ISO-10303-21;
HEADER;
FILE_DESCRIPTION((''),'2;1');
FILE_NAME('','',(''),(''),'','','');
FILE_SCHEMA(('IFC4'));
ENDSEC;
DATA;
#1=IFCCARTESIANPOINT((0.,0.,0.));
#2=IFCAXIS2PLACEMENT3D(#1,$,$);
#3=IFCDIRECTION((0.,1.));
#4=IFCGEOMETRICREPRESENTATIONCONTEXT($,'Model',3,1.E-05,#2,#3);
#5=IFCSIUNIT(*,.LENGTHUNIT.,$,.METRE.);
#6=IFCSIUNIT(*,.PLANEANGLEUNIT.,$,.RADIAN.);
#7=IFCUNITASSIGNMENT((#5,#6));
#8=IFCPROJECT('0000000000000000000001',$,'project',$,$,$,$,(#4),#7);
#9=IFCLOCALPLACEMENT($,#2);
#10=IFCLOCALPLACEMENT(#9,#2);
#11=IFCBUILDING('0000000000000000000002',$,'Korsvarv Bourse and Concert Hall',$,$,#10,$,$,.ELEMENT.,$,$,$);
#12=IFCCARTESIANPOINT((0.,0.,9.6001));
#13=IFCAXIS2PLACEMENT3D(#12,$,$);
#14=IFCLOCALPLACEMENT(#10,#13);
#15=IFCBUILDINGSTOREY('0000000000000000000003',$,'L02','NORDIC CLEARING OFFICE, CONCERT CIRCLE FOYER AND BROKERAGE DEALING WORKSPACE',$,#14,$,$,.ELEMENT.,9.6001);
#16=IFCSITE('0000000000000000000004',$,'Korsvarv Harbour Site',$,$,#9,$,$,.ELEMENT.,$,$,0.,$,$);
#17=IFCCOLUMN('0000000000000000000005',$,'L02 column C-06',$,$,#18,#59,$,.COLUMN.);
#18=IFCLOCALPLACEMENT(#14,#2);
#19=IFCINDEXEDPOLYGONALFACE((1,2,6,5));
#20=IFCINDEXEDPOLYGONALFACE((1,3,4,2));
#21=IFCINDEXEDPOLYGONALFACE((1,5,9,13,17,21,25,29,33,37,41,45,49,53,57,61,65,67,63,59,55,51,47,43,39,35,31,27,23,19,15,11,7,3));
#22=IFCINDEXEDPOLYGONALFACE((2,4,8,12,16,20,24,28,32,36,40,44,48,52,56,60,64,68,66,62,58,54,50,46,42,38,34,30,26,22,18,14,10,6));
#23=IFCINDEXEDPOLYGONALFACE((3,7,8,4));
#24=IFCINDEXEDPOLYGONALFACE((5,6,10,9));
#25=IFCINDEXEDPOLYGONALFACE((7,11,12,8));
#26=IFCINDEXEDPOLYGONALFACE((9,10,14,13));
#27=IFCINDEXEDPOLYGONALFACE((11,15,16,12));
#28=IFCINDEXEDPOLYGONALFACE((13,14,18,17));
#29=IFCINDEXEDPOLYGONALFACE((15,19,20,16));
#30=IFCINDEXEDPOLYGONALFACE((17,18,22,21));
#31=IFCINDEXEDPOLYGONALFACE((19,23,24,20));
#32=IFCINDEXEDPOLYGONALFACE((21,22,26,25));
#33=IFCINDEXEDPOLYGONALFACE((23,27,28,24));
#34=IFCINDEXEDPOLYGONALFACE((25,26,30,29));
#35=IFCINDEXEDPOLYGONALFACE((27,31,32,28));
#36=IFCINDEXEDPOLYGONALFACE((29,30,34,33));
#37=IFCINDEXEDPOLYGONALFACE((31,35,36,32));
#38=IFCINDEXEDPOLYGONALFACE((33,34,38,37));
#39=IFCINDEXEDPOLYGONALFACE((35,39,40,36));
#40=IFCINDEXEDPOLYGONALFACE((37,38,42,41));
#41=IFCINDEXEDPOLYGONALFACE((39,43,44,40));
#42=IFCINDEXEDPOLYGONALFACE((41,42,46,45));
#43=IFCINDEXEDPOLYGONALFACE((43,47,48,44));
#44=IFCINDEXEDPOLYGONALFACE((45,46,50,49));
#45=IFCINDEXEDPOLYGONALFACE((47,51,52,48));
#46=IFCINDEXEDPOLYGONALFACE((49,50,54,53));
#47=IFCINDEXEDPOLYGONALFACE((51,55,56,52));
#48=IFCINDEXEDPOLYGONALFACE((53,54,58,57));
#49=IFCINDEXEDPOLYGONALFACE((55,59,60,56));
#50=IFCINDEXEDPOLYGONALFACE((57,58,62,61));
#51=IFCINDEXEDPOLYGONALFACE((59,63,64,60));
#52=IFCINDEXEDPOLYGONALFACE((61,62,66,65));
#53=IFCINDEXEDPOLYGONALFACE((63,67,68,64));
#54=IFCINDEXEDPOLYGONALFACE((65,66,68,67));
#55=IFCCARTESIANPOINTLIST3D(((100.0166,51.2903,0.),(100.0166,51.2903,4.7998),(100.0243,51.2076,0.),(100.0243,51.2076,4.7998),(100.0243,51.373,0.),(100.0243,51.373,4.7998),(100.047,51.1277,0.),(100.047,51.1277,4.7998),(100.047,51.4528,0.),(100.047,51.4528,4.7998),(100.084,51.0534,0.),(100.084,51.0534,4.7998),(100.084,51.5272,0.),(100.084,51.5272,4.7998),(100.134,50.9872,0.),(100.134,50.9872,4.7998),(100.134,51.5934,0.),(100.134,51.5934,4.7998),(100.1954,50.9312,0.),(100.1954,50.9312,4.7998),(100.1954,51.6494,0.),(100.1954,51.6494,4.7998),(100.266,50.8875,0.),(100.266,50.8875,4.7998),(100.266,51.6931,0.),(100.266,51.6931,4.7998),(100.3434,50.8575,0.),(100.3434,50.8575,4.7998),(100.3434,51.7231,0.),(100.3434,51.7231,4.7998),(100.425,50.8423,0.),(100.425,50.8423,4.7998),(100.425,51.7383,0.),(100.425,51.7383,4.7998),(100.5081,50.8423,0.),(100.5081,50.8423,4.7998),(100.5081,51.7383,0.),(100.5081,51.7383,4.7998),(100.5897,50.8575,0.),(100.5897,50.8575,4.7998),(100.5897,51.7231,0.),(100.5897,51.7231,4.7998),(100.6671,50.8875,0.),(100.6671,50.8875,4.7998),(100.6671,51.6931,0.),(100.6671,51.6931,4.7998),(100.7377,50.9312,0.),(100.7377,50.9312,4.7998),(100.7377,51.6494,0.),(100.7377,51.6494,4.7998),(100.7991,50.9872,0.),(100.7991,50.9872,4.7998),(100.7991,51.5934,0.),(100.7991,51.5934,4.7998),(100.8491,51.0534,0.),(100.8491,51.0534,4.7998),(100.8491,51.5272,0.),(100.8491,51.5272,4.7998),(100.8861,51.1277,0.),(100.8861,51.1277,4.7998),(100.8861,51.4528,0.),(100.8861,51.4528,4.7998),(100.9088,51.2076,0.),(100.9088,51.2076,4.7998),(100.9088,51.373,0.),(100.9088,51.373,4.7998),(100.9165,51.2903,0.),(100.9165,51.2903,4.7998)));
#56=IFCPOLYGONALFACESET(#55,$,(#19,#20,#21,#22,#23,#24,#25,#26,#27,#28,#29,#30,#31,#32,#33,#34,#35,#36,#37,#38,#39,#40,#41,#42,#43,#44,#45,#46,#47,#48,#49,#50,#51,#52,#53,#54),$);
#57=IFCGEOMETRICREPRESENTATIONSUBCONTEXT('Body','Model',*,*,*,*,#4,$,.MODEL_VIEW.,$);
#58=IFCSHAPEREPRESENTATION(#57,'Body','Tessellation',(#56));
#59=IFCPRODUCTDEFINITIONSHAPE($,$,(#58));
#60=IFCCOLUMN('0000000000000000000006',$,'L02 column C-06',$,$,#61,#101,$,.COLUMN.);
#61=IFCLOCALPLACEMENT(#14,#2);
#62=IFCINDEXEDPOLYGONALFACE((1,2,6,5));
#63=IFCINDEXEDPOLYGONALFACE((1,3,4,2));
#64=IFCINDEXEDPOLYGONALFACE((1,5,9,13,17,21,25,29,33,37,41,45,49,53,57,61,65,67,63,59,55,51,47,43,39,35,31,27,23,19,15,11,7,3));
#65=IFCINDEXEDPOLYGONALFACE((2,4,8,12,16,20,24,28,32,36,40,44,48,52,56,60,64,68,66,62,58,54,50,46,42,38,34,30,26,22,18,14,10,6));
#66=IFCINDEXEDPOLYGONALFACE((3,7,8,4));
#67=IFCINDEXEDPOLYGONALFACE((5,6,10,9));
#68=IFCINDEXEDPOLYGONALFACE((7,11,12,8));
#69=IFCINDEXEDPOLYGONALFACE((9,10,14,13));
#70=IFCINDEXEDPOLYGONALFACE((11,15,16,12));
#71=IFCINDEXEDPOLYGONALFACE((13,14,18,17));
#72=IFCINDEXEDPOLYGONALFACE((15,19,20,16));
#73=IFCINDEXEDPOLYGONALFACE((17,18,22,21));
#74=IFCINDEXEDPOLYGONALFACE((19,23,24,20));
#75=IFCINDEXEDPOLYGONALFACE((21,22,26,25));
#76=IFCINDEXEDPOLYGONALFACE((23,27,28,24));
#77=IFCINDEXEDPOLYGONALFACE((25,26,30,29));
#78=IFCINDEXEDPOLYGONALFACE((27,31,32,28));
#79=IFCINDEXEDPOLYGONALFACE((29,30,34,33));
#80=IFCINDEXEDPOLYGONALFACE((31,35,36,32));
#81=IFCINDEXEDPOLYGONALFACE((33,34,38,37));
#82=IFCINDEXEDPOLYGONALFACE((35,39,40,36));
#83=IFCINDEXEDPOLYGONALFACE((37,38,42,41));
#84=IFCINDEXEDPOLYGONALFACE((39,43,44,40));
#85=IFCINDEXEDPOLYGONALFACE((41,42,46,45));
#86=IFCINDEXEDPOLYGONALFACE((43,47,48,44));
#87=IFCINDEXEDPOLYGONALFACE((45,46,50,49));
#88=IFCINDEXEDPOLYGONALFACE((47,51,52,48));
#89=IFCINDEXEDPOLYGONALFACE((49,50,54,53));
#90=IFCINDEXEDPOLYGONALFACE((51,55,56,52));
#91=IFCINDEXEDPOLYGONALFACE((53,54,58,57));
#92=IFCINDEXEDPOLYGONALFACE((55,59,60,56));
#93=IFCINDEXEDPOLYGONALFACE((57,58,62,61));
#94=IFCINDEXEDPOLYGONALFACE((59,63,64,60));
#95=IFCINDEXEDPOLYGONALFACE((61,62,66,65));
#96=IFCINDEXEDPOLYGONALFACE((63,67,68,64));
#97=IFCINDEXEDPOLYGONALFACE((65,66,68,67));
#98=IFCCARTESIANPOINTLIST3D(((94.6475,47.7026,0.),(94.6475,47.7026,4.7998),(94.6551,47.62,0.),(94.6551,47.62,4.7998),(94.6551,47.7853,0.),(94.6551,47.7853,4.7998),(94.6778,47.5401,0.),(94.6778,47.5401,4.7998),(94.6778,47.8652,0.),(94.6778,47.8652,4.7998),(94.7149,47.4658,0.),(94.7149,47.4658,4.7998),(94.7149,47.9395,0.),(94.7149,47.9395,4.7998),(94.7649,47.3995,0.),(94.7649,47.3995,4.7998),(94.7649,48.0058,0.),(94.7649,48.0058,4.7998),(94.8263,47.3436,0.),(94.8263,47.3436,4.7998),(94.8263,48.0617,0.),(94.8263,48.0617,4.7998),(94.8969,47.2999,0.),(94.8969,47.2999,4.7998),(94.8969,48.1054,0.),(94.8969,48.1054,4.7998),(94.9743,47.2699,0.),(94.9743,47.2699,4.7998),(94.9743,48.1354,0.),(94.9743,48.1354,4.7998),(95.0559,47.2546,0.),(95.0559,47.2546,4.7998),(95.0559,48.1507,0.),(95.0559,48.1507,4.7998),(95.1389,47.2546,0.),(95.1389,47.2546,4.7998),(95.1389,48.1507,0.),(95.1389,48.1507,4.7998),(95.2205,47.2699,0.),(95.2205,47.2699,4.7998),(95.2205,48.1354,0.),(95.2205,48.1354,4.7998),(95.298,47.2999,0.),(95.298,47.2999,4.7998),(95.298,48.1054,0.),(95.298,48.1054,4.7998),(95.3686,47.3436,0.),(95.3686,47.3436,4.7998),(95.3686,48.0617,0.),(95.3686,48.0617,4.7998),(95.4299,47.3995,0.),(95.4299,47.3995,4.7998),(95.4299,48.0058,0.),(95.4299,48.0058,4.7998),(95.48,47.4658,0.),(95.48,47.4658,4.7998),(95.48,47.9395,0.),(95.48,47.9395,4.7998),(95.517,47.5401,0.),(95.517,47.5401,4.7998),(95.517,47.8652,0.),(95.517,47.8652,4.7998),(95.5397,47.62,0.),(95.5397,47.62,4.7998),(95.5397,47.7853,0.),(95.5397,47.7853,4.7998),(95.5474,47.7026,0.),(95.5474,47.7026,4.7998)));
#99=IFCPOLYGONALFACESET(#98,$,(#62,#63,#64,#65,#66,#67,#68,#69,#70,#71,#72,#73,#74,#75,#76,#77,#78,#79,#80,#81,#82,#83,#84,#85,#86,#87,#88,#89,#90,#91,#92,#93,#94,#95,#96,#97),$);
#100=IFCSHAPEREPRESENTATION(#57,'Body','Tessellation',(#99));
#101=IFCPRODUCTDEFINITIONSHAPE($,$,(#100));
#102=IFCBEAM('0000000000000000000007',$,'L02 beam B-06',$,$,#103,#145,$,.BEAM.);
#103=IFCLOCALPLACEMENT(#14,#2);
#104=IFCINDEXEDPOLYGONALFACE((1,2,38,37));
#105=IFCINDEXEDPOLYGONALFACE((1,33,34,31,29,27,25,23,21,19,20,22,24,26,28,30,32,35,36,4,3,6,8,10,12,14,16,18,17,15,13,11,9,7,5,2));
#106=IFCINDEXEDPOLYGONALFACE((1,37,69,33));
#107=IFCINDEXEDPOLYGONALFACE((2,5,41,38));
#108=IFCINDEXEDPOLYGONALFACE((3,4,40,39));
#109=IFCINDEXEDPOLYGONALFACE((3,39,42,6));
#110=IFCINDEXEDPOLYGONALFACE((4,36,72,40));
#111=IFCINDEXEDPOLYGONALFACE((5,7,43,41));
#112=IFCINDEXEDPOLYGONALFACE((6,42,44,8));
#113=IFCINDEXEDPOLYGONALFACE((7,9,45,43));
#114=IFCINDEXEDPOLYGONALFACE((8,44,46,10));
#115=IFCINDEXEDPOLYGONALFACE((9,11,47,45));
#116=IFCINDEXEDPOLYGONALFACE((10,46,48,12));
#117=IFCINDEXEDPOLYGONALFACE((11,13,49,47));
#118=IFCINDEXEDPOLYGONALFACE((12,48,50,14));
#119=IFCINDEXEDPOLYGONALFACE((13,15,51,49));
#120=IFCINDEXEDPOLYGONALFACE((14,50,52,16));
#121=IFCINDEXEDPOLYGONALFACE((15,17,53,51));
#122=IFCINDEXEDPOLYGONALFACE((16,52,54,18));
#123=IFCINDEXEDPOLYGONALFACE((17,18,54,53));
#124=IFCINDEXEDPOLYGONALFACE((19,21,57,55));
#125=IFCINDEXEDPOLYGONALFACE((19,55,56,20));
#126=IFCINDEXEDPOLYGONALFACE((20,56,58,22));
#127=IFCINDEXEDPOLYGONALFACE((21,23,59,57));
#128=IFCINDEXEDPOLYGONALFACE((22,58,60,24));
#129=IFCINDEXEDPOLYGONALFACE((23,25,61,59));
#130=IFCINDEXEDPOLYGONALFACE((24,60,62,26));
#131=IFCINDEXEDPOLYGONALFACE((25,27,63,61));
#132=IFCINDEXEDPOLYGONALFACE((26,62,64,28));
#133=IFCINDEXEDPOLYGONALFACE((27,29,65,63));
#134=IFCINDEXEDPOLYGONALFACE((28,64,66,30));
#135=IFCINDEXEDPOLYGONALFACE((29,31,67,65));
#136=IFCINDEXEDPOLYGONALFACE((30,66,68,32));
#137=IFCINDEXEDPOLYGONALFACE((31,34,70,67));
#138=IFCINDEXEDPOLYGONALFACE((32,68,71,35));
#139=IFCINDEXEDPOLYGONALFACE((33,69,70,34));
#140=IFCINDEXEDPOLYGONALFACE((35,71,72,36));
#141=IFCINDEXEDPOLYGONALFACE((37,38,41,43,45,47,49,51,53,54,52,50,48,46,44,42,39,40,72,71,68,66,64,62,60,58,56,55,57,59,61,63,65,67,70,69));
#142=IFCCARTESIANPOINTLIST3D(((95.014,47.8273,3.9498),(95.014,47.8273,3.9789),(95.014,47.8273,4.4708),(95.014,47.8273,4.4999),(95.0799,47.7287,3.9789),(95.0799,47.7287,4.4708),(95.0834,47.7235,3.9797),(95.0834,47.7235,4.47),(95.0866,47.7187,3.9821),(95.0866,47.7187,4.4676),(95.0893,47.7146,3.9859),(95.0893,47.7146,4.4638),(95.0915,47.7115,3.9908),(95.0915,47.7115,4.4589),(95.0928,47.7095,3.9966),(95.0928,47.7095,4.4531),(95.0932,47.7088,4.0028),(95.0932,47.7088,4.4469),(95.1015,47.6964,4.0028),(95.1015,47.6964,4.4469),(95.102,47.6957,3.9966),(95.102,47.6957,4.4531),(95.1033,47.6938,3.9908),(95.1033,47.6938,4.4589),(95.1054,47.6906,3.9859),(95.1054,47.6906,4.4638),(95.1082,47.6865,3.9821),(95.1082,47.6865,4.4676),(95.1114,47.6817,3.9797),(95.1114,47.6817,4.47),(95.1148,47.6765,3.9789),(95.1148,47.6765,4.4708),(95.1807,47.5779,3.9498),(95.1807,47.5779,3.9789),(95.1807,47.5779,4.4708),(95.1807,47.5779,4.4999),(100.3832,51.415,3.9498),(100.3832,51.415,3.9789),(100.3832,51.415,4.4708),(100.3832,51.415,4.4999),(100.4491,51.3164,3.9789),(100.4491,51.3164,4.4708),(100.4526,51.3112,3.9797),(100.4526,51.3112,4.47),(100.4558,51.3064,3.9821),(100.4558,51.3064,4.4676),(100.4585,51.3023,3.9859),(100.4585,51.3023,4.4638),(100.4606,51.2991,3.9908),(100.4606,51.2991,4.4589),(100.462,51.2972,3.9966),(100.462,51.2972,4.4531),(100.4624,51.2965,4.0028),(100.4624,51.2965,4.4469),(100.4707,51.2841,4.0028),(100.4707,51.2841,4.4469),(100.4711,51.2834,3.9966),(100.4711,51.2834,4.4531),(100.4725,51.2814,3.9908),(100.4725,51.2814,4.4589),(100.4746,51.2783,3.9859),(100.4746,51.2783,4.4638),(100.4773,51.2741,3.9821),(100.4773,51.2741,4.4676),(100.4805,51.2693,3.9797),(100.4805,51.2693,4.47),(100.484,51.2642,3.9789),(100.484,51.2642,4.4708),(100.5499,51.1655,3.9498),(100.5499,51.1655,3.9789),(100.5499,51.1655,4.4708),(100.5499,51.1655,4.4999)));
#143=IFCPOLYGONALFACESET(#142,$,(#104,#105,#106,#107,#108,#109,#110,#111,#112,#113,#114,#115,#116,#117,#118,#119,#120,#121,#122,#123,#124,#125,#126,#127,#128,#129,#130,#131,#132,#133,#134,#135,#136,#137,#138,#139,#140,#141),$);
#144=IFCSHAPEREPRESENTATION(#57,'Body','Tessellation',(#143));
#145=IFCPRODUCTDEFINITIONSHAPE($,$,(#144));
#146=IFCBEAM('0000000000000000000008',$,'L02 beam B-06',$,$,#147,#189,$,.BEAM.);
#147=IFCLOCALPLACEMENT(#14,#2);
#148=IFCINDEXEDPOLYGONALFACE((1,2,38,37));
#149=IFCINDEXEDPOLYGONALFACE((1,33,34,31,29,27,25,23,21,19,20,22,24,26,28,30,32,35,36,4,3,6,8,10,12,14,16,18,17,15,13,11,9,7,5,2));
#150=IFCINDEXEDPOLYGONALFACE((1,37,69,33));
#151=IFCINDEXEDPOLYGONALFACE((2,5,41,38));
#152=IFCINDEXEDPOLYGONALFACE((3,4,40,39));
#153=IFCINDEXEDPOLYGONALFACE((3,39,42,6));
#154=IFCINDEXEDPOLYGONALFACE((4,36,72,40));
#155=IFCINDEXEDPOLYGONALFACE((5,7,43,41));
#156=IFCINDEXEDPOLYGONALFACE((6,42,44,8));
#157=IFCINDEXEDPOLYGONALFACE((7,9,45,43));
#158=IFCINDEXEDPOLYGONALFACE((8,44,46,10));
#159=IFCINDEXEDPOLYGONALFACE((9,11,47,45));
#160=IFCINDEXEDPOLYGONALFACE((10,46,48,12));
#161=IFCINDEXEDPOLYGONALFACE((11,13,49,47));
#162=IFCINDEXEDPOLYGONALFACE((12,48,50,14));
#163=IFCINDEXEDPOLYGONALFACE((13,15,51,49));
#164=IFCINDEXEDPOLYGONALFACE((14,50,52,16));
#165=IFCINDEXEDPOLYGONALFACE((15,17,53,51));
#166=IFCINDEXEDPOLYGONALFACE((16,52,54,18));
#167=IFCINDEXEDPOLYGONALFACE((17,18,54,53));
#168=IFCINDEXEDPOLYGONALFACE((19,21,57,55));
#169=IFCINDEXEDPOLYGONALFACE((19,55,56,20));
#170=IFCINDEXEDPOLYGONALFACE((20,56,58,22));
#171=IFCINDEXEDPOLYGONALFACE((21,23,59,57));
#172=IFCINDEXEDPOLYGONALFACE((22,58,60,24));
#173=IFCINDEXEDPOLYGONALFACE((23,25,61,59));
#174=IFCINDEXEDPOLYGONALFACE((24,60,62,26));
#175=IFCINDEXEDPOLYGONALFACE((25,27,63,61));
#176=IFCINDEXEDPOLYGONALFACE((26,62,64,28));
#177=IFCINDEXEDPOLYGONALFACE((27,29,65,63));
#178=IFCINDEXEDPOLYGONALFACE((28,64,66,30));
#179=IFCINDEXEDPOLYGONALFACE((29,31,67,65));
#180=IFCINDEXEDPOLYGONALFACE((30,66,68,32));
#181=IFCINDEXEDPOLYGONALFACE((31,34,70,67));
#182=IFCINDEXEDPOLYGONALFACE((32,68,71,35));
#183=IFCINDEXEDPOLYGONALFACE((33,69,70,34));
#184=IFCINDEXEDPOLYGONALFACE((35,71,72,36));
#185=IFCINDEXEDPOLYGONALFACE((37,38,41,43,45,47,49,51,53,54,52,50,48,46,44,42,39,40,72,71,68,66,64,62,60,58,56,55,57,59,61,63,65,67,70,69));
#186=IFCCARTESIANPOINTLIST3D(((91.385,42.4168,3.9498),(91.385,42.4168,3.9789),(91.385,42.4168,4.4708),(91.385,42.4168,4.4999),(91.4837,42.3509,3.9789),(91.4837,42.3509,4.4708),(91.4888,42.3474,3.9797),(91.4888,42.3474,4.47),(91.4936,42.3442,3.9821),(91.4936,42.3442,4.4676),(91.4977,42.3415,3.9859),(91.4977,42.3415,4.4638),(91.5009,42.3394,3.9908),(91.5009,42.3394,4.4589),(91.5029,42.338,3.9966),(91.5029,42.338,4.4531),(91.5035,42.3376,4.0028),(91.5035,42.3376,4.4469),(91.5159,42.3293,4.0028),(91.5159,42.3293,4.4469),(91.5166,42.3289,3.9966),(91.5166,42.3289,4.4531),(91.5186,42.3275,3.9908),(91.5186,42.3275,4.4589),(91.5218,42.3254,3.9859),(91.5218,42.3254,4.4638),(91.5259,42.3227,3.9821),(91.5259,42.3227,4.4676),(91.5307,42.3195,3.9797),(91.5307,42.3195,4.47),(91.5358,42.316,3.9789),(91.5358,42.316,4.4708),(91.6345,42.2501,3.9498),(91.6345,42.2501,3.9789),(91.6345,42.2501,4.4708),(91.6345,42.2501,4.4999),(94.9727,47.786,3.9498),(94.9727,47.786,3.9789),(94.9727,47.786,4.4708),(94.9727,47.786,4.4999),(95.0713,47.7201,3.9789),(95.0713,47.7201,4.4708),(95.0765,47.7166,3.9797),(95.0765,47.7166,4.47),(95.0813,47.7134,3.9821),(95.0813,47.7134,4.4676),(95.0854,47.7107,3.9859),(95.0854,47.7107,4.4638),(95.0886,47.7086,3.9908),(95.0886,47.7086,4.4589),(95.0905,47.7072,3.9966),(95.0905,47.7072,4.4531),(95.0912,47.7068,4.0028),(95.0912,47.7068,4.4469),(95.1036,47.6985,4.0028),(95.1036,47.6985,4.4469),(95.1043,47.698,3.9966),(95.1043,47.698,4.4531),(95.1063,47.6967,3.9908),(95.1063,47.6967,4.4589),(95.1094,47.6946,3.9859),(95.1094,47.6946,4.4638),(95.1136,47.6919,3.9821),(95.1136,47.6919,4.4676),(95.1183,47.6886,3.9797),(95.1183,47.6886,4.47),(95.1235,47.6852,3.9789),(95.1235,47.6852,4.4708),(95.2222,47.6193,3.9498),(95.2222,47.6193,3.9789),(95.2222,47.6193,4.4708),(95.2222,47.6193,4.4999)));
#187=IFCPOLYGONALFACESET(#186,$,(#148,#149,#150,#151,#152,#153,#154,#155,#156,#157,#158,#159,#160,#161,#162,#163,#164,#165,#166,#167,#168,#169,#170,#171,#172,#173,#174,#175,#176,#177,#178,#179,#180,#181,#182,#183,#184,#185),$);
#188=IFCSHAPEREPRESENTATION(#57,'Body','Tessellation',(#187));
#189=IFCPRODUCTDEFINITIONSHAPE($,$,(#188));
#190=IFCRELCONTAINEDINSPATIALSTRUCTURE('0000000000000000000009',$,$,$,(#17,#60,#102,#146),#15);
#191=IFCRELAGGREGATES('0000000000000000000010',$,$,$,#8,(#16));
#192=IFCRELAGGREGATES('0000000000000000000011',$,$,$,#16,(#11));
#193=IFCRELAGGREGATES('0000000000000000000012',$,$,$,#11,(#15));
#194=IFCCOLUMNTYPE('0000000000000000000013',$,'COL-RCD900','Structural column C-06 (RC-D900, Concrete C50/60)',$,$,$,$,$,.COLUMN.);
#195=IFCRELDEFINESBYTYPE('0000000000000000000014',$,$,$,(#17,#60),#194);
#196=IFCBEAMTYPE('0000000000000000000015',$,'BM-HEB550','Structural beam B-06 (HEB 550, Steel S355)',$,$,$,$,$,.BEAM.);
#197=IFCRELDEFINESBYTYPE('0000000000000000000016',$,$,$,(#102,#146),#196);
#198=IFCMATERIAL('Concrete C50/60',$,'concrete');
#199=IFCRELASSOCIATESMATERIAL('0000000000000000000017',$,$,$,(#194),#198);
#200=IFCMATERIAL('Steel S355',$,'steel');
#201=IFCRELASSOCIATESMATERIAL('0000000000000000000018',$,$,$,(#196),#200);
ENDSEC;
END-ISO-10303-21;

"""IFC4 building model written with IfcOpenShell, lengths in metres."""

from ifc_helpers import new_model, si_unit, direction, frame, origin, origin_2d, place, context, subcontext, project, spatial, circle, i_section, extrude, source, transform, mapped, material, material_profile, profile_set, type_object, element, save


model = new_model("IFC4")

# Units and contexts
model_context = context("Model", 3, precision=1e-05, world=origin(), true_north=direction((0.0, 1.0)))
body_context = subcontext(model_context, "Body", "Model", "MODEL_VIEW")
ifc_project = project(units=[si_unit("LENGTHUNIT", "METRE"), si_unit("PLANEANGLEUNIT", "RADIAN")], contexts=[model_context])

# Site, building, storey
site_placement = place(None, origin())
site = spatial("IfcSite", under=ifc_project, at=site_placement, Name="Korsvarv Harbour Site", CompositionType="ELEMENT", RefElevation=0.0)
building_placement = place(site_placement, origin())
building = spatial("IfcBuilding", under=site, at=building_placement, Name="Korsvarv Bourse and Concert Hall", CompositionType="ELEMENT")
storey_placement = place(building_placement, frame((0.0, 0.0, 9.6001)))
storey = spatial("IfcBuildingStorey", under=building, at=storey_placement, Name="L02", Description="NORDIC CLEARING OFFICE, CONCERT CIRCLE FOYER AND BROKERAGE DEALING WORKSPACE", CompositionType="ELEMENT", Elevation=9.6001)

# Columns
ifc_material_1 = material(Name="Concrete C50/60", Category="concrete")
ifc_material_profile_1 = material_profile(ifc_material_1, circle(Radius=0.45, at=origin_2d()), Name="RC-D900")
ifc_profile_set_1 = profile_set([ifc_material_profile_1], Name="Concrete C50/60")
column_type = type_object("IfcColumnType", Name="COL-RCD900", Description="Structural column C-06 (RC-D900, Concrete C50/60)", PredefinedType="COLUMN", material=ifc_profile_set_1)
shared_shape_1 = source(origin(), body_context, "Body", "SweptSolid", [
    extrude(circle(Radius=0.45, at=origin_2d()), origin(), (0.0, 0.0, 1.0), 4.7998),
])
for number, where, z_axis, x_axis, name in (
    (1, (100.4666, 51.2903, 0.0), (0.0, 0.0, 1.0), (1.0, 0.0, 0.0), "L02 column C-06"),
    (2, (95.0974, 47.7026, 0.0), (0.0, 0.0, 1.0), (1.0, 0.0, 0.0), "L02 column C-06"),
):
    element("IfcColumn", number, at=place(storey_placement, frame(where, z_axis=z_axis, x_axis=x_axis)), inside=storey, type_object=column_type, Name=name, PredefinedType="COLUMN", context=body_context, shape_type="MappedRepresentation", body=[
        mapped(shared_shape_1, transform((0.0, 0.0, 0.0), scale=1.0)),
    ])

# Beams
ifc_material_2 = material(Name="Steel S355", Category="steel")
ifc_material_profile_2 = material_profile(ifc_material_2, i_section(OverallWidth=0.3, OverallDepth=0.55, WebThickness=0.0149, FlangeThickness=0.0291, FilletRadius=0.0239, at=origin_2d()), Name="HEB 550")
ifc_profile_set_2 = profile_set([ifc_material_profile_2], Name="Steel S355")
beam_type = type_object("IfcBeamType", Name="BM-HEB550", Description="Structural beam B-06 (HEB 550, Steel S355)", PredefinedType="BEAM", material=ifc_profile_set_2)
shared_shape_2 = source(origin(), body_context, "Body", "SweptSolid", [
    extrude(i_section(OverallWidth=0.3, OverallDepth=0.55, WebThickness=0.0149, FlangeThickness=0.0291, FilletRadius=0.0239, at=origin_2d()), origin(), (0.0, 0.0, 1.0), 6.4575),
])
for number, where, z_axis, x_axis, name in (
    (3, (100.4666, 51.2903, 4.2249), (-0.831462, -0.555581, 0.0), (0.555581, -0.831462, 0.0), "L02 beam B-06"),
    (4, (95.0974, 47.7026, 4.2249), (-0.555581, -0.831462, 0.0), (0.831462, -0.555581, 0.0), "L02 beam B-06"),
):
    element("IfcBeam", number, at=place(storey_placement, frame(where, z_axis=z_axis, x_axis=x_axis)), inside=storey, type_object=beam_type, Name=name, PredefinedType="BEAM", context=body_context, shape_type="MappedRepresentation", body=[
        mapped(shared_shape_2, transform((0.0, 0.0, 0.0), scale=1.0)),
    ])

save(model, "model.ifc")
